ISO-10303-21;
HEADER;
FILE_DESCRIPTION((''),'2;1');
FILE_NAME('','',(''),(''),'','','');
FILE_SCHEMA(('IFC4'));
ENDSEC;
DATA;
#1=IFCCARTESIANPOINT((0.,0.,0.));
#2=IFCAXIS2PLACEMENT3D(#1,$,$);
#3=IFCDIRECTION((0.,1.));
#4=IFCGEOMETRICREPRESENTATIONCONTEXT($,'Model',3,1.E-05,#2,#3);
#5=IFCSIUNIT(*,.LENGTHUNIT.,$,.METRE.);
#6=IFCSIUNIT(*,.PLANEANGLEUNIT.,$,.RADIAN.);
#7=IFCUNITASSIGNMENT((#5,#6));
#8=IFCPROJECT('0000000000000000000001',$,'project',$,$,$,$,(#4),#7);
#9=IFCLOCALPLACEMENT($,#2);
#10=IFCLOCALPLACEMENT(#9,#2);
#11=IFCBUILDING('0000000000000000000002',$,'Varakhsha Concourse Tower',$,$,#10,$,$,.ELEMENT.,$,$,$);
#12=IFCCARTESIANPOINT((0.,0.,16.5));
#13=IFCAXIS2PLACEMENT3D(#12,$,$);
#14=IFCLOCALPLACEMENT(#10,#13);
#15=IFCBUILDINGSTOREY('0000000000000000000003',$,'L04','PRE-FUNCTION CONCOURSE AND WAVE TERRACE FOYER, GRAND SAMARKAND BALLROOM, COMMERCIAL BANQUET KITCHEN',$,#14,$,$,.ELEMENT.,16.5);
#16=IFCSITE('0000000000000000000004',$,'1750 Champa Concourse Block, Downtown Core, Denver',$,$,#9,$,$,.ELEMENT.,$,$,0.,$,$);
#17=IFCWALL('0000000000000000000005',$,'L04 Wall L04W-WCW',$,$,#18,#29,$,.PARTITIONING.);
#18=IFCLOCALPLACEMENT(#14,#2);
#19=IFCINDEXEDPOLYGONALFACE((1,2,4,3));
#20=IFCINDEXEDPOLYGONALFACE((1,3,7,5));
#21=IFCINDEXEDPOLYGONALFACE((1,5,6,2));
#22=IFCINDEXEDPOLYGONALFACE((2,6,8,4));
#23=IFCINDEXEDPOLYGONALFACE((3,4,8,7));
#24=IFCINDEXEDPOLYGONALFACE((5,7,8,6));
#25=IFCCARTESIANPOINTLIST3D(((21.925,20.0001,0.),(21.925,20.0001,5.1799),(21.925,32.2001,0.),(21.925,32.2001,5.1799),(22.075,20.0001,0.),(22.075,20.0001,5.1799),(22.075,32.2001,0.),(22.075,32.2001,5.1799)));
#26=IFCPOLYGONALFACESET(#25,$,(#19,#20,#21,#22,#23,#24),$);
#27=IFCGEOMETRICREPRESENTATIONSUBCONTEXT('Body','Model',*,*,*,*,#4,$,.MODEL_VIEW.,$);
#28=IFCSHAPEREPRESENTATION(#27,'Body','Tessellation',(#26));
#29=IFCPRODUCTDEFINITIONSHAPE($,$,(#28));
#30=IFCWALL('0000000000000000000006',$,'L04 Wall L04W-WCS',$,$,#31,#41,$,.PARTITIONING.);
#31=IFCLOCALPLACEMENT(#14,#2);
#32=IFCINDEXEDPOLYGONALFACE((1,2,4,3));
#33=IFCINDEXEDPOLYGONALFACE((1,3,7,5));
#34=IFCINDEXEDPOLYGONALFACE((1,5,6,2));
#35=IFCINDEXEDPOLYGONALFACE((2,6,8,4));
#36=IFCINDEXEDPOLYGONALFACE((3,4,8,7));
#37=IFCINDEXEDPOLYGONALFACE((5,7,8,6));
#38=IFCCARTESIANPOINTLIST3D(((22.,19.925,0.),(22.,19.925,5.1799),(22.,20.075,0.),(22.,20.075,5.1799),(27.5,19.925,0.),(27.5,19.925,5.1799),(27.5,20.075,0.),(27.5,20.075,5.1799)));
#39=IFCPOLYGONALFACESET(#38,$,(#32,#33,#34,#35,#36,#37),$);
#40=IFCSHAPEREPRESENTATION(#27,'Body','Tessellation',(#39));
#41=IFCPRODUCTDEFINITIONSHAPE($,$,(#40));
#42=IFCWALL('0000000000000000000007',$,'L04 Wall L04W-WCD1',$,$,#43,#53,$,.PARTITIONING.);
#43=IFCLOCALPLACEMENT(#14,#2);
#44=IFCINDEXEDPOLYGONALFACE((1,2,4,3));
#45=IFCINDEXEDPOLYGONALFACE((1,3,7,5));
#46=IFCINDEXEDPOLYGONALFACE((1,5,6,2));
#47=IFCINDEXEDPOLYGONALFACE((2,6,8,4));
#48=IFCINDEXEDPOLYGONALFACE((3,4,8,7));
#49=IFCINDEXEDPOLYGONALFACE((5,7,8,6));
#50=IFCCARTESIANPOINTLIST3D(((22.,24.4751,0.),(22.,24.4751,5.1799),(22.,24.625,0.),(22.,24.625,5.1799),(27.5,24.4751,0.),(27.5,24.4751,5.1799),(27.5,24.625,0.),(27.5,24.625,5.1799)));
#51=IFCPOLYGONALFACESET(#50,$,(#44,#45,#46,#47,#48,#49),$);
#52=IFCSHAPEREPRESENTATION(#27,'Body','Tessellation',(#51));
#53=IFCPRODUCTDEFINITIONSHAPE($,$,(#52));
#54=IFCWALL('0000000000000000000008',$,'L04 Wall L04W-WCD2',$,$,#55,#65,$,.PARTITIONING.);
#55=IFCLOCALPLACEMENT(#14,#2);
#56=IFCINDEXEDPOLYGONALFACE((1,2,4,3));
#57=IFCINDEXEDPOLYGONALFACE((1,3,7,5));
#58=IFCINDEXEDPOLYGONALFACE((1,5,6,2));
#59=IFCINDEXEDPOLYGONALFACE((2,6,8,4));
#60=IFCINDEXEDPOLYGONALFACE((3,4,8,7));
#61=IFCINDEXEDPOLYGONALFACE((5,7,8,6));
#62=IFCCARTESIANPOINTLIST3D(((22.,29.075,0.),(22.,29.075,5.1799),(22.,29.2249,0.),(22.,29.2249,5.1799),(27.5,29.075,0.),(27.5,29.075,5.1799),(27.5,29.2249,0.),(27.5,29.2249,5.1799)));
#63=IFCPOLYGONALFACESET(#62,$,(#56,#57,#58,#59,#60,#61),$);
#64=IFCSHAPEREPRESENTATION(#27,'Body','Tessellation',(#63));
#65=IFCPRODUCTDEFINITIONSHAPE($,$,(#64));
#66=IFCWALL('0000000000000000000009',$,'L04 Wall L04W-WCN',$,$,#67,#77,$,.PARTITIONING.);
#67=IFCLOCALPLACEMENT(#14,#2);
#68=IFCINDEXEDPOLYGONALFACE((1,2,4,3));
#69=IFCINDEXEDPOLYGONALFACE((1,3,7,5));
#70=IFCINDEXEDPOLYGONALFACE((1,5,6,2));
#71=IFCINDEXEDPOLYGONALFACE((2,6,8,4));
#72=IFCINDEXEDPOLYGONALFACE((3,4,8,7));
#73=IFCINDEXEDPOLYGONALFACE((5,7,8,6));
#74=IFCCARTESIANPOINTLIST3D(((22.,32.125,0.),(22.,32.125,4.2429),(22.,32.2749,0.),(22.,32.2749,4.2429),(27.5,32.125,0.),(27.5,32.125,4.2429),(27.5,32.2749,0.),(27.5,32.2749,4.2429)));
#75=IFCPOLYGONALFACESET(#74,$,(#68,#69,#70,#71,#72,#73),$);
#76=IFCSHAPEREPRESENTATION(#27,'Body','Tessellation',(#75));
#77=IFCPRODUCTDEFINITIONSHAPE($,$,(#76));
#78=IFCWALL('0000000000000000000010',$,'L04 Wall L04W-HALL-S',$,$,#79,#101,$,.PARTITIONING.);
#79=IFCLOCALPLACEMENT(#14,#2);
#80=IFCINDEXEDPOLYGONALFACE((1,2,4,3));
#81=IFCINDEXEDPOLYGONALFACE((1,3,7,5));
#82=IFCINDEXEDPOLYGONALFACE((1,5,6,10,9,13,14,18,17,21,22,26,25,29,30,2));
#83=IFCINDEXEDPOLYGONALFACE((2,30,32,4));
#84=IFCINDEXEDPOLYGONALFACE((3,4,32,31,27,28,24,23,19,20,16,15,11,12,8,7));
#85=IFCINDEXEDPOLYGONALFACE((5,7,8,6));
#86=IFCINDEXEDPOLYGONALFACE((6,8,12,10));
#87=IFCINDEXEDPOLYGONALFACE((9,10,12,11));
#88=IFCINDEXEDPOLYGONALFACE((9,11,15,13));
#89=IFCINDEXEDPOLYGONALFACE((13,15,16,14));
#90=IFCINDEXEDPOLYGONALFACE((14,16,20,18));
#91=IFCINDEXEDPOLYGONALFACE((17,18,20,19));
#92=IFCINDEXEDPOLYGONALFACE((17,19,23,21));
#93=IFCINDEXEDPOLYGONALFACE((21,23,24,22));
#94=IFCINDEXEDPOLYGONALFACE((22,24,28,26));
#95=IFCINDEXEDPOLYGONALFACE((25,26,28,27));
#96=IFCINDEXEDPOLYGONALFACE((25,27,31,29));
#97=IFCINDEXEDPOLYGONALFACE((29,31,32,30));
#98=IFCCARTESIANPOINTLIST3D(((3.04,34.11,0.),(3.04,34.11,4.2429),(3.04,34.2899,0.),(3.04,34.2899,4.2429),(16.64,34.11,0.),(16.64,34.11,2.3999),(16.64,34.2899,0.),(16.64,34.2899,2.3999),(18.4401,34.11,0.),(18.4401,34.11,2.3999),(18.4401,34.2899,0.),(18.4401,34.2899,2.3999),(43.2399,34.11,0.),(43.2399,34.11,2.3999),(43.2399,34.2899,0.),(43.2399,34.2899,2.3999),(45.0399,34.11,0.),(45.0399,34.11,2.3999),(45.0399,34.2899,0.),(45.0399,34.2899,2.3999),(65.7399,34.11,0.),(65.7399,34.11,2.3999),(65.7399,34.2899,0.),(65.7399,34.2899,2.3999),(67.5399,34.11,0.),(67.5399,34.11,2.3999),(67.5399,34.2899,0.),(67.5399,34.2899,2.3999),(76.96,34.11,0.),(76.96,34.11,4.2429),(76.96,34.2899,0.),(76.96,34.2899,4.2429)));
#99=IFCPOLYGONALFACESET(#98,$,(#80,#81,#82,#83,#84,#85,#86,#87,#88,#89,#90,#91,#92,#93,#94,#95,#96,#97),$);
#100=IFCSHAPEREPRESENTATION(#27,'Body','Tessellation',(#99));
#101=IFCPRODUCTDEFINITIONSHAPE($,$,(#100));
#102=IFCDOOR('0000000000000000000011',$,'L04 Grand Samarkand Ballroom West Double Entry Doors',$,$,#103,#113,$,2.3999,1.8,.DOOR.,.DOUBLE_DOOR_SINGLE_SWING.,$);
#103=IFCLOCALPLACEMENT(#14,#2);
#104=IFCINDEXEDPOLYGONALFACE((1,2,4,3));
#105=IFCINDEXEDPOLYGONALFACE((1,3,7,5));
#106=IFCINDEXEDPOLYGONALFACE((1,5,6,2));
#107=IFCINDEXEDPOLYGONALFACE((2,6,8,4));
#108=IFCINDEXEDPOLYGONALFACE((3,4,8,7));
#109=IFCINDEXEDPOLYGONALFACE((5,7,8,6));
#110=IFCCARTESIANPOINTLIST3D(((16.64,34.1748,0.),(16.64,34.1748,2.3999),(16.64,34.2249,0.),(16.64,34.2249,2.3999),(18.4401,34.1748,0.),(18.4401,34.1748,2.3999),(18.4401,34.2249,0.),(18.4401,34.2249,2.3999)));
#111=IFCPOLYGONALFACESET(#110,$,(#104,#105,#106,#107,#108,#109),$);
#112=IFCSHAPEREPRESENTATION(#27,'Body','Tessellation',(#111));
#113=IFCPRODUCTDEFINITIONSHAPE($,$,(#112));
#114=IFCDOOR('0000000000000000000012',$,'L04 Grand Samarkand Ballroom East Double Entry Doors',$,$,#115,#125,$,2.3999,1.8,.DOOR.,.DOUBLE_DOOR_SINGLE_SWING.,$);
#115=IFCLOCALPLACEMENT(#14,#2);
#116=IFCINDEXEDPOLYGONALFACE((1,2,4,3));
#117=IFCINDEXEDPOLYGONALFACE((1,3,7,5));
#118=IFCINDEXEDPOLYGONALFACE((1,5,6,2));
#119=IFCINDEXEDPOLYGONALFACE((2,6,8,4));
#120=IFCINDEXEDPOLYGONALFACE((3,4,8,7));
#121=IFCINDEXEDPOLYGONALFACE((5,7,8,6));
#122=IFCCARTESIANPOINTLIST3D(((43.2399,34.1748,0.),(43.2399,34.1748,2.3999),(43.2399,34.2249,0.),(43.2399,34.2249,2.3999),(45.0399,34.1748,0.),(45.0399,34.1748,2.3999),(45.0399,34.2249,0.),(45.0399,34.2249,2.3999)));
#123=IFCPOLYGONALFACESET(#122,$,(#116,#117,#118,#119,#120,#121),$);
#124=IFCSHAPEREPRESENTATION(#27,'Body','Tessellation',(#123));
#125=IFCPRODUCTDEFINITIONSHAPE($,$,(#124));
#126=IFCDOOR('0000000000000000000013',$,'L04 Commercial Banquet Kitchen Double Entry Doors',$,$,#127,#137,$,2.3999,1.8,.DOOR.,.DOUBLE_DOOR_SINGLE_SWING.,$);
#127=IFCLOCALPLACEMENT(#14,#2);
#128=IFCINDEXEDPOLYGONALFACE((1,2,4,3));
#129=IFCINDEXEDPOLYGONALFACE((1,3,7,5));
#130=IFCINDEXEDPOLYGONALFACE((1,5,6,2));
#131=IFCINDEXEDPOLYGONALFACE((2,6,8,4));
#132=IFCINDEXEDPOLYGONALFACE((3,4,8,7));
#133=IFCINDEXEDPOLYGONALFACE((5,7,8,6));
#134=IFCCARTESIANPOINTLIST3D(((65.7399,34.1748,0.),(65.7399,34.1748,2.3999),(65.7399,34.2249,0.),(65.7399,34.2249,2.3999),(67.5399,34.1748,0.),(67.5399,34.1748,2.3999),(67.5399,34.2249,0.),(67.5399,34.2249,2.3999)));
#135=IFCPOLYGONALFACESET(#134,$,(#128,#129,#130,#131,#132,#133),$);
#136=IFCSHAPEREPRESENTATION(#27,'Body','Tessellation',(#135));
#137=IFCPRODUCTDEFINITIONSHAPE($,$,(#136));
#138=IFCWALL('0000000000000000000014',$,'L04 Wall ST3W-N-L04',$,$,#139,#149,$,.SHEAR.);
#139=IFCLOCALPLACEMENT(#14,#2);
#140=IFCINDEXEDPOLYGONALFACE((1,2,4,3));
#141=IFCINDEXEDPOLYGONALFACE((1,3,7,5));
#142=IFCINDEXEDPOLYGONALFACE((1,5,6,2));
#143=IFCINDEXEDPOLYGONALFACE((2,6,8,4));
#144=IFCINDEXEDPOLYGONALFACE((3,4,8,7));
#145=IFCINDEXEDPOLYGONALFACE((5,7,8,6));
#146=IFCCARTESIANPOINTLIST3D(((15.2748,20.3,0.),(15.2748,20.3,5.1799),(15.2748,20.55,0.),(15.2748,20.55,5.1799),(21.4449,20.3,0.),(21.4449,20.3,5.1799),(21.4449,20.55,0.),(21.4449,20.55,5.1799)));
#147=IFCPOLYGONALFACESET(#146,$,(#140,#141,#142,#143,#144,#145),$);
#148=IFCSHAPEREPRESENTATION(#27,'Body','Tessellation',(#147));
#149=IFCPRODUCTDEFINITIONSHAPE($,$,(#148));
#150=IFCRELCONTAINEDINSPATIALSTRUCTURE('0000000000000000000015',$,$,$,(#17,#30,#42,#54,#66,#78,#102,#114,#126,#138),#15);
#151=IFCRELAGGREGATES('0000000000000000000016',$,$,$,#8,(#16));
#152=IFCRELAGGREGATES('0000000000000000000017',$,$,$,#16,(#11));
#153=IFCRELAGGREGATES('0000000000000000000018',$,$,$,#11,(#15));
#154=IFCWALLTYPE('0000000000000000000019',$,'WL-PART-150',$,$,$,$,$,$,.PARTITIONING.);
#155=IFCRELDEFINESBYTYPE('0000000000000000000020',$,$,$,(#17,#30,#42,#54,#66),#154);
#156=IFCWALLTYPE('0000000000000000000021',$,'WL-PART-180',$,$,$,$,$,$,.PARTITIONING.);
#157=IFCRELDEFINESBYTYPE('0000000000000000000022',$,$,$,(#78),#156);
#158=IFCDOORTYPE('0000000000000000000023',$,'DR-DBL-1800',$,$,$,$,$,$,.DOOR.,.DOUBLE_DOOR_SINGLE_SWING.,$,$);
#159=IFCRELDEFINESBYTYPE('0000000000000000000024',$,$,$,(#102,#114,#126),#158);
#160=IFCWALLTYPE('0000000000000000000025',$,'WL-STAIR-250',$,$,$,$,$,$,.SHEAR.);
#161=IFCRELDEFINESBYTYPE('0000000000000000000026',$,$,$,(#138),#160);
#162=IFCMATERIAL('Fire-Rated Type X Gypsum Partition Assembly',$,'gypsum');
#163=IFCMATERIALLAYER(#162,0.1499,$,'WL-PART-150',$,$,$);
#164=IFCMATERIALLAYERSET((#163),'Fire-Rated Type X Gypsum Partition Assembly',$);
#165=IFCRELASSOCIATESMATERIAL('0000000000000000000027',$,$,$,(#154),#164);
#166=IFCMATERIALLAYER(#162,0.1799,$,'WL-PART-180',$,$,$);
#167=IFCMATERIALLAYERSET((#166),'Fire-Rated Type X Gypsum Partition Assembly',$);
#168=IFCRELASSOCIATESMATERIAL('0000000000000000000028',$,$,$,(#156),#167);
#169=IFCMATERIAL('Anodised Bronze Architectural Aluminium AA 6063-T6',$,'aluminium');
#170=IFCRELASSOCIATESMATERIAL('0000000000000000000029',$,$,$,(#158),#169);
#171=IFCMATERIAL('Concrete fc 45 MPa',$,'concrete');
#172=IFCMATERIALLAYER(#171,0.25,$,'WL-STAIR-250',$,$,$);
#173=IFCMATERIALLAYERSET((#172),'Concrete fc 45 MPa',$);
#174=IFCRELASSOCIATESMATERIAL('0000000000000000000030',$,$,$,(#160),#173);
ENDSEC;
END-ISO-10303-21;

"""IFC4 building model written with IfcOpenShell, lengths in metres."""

from ifc_helpers import new_model, si_unit, direction, frame, frame_2d, origin, place, context, subcontext, project, spatial, rectangle, extrude, material, layer, layer_set, type_object, element, fill, save


model = new_model("IFC4")

# Units and contexts
model_context = context("Model", 3, precision=1e-05, world=origin(), true_north=direction((0.0, 1.0)))
body_context = subcontext(model_context, "Body", "Model", "MODEL_VIEW")
ifc_project = project(units=[si_unit("LENGTHUNIT", "METRE"), si_unit("PLANEANGLEUNIT", "RADIAN")], contexts=[model_context])

# Site, building, storey
site_placement = place(None, origin())
site = spatial("IfcSite", under=ifc_project, at=site_placement, Name="1750 Champa Concourse Block, Downtown Core, Denver", CompositionType="ELEMENT", RefElevation=0.0)
building_placement = place(site_placement, origin())
building = spatial("IfcBuilding", under=site, at=building_placement, Name="Varakhsha Concourse Tower", CompositionType="ELEMENT")
storey_placement = place(building_placement, frame((0.0, 0.0, 16.5)))
storey = spatial("IfcBuildingStorey", under=building, at=storey_placement, Name="L04", Description="PRE-FUNCTION CONCOURSE AND WAVE TERRACE FOYER, GRAND SAMARKAND BALLROOM, COMMERCIAL BANQUET KITCHEN", CompositionType="ELEMENT", Elevation=16.5)

# Shared definitions
ifc_material_1 = material(Name="Anodised Bronze Architectural Aluminium AA 6063-T6", Category="aluminium")

# Shared definitions
ifc_material_2 = material(Name="Fire-Rated Type X Gypsum Partition Assembly", Category="gypsum")
ifc_layer_1 = layer(ifc_material_2, 0.1499, Name="WL-PART-150")
ifc_layer_set_1 = layer_set([ifc_layer_1], Name="Fire-Rated Type X Gypsum Partition Assembly")
wall_type_1 = type_object("IfcWallType", Name="WL-PART-150", PredefinedType="PARTITIONING", material=ifc_layer_set_1)

# Walls
wall_1_placement = place(storey_placement, frame((22.0, 20.0, 0.0), z_axis=(0.0, 0.0, 1.0), x_axis=(0.0, 1.0, 0.0)))
element("IfcWall", 1, at=wall_1_placement, inside=storey, type_object=wall_type_1, Name="L04 Wall L04W-WCW", PredefinedType="PARTITIONING", context=body_context, shape_type="SweptSolid", body=[
    extrude(rectangle(XDim=12.2, YDim=0.1499, at=frame_2d((6.1001, 0.0))), origin(), (0.0, 0.0, 1.0), 5.1799),
])
for number, where, z_axis, x_axis, name in (
    (2, (22.0, 20.0, 0.0), (0.0, 0.0, 1.0), (1.0, 0.0, 0.0), "L04 Wall L04W-WCS"),
    (3, (22.0, 24.55, 0.0), (0.0, 0.0, 1.0), (1.0, 0.0, 0.0), "L04 Wall L04W-WCD1"),
    (4, (22.0, 29.1499, 0.0), (0.0, 0.0, 1.0), (1.0, 0.0, 0.0), "L04 Wall L04W-WCD2"),
):
    element("IfcWall", number, at=place(storey_placement, frame(where, z_axis=z_axis, x_axis=x_axis)), inside=storey, type_object=wall_type_1, Name=name, PredefinedType="PARTITIONING", context=body_context, shape_type="SweptSolid", body=[
        extrude(rectangle(XDim=5.5, YDim=0.1499, at=frame_2d((2.75, 0.0))), origin(), (0.0, 0.0, 1.0), 5.1799),
    ])
wall_2_placement = place(storey_placement, frame((22.0, 32.2, 0.0), z_axis=(0.0, 0.0, 1.0), x_axis=(1.0, 0.0, 0.0)))
element("IfcWall", 5, at=wall_2_placement, inside=storey, type_object=wall_type_1, Name="L04 Wall L04W-WCN", PredefinedType="PARTITIONING", context=body_context, shape_type="SweptSolid", body=[
    extrude(rectangle(XDim=5.5, YDim=0.1499, at=frame_2d((2.75, 0.0))), origin(), (0.0, 0.0, 1.0), 4.2429),
])

# Wall, openings, doors
ifc_layer_2 = layer(ifc_material_2, 0.1799, Name="WL-PART-180")
ifc_layer_set_2 = layer_set([ifc_layer_2], Name="Fire-Rated Type X Gypsum Partition Assembly")
wall_type_2 = type_object("IfcWallType", Name="WL-PART-180", PredefinedType="PARTITIONING", material=ifc_layer_set_2)
wall_3_placement = place(storey_placement, frame((3.04, 34.2, 0.0), z_axis=(0.0, 0.0, 1.0), x_axis=(1.0, 0.0, 0.0)))
wall_3 = element("IfcWall", 6, at=wall_3_placement, inside=storey, type_object=wall_type_2, Name="L04 Wall L04W-HALL-S", PredefinedType="PARTITIONING", context=body_context, shape_type="SweptSolid", body=[
    extrude(rectangle(XDim=73.9199, YDim=0.1799, at=frame_2d((36.96, 0.0))), origin(), (0.0, 0.0, 1.0), 4.2429),
])
opening_1_placement = place(wall_3_placement, frame((13.6001, 0.0, 0.0)))
opening_1 = element("IfcOpeningElement", 7, at=opening_1_placement, cuts=wall_3, PredefinedType="OPENING", context=body_context, shape_type="SweptSolid", body=[
    extrude(rectangle(XDim=1.8, YDim=2.3999, at=frame_2d((0.8999, 1.2))), frame((0.0, 0.0999, 0.0), z_axis=(0.0, -1.0, 0.0), x_axis=(1.0, 0.0, 0.0)), (0.0, 0.0, 1.0), 0.2),
])
opening_2_placement = place(wall_3_placement, frame((40.2, 0.0, 0.0)))
opening_2 = element("IfcOpeningElement", 8, at=opening_2_placement, cuts=wall_3, PredefinedType="OPENING", context=body_context, shape_type="SweptSolid", body=[
    extrude(rectangle(XDim=1.8, YDim=2.3999, at=frame_2d((0.8999, 1.2))), frame((0.0, 0.0999, 0.0), z_axis=(0.0, -1.0, 0.0), x_axis=(1.0, 0.0, 0.0)), (0.0, 0.0, 1.0), 0.2),
])
opening_3_placement = place(wall_3_placement, frame((62.7, 0.0, 0.0)))
opening_3 = element("IfcOpeningElement", 9, at=opening_3_placement, cuts=wall_3, PredefinedType="OPENING", context=body_context, shape_type="SweptSolid", body=[
    extrude(rectangle(XDim=1.8, YDim=2.3999, at=frame_2d((0.8999, 1.2))), frame((0.0, 0.0999, 0.0), z_axis=(0.0, -1.0, 0.0), x_axis=(1.0, 0.0, 0.0)), (0.0, 0.0, 1.0), 0.2),
])
door_type_1 = type_object("IfcDoorType", Name="DR-DBL-1800", OperationType="DOUBLE_DOOR_SINGLE_SWING", PredefinedType="DOOR", material=ifc_material_1)
door_1_placement = place(opening_1_placement, origin())
door_1 = element("IfcDoor", 10, at=door_1_placement, inside=storey, type_object=door_type_1, Name="L04 Grand Samarkand Ballroom West Double Entry Doors", OperationType="DOUBLE_DOOR_SINGLE_SWING", OverallHeight=2.3999, OverallWidth=1.8, PredefinedType="DOOR", context=body_context, shape_type="SweptSolid", body=[
    extrude(rectangle(XDim=1.8, YDim=2.3999, at=frame_2d((0.8999, 1.2))), frame((0.0, 0.0249, 0.0), z_axis=(0.0, -1.0, 0.0), x_axis=(1.0, 0.0, 0.0)), (0.0, 0.0, 1.0), 0.05),
])
fill(opening_1, door_1)
door_2_placement = place(opening_2_placement, origin())
door_2 = element("IfcDoor", 11, at=door_2_placement, inside=storey, type_object=door_type_1, Name="L04 Grand Samarkand Ballroom East Double Entry Doors", OperationType="DOUBLE_DOOR_SINGLE_SWING", OverallHeight=2.3999, OverallWidth=1.8, PredefinedType="DOOR", context=body_context, shape_type="SweptSolid", body=[
    extrude(rectangle(XDim=1.8, YDim=2.3999, at=frame_2d((0.8999, 1.2))), frame((0.0, 0.0249, 0.0), z_axis=(0.0, -1.0, 0.0), x_axis=(1.0, 0.0, 0.0)), (0.0, 0.0, 1.0), 0.05),
])
fill(opening_2, door_2)
door_3_placement = place(opening_3_placement, origin())
door_3 = element("IfcDoor", 12, at=door_3_placement, inside=storey, type_object=door_type_1, Name="L04 Commercial Banquet Kitchen Double Entry Doors", OperationType="DOUBLE_DOOR_SINGLE_SWING", OverallHeight=2.3999, OverallWidth=1.8, PredefinedType="DOOR", context=body_context, shape_type="SweptSolid", body=[
    extrude(rectangle(XDim=1.8, YDim=2.3999, at=frame_2d((0.8999, 1.2))), frame((0.0, 0.0249, 0.0), z_axis=(0.0, -1.0, 0.0), x_axis=(1.0, 0.0, 0.0)), (0.0, 0.0, 1.0), 0.05),
])
fill(opening_3, door_3)

# Wall
ifc_material_3 = material(Name="Concrete fc 45 MPa", Category="concrete")
ifc_layer_3 = layer(ifc_material_3, 0.25, Name="WL-STAIR-250")
ifc_layer_set_3 = layer_set([ifc_layer_3], Name="Concrete fc 45 MPa")
wall_type_3 = type_object("IfcWallType", Name="WL-STAIR-250", PredefinedType="SHEAR", material=ifc_layer_set_3)
wall_4_placement = place(storey_placement, frame((15.2749, 20.425, 0.0), z_axis=(0.0, 0.0, 1.0), x_axis=(1.0, 0.0, 0.0)))
element("IfcWall", 13, at=wall_4_placement, inside=storey, type_object=wall_type_3, Name="L04 Wall ST3W-N-L04", PredefinedType="SHEAR", context=body_context, shape_type="SweptSolid", body=[
    extrude(rectangle(XDim=6.1702, YDim=0.25, at=frame_2d((3.085, 0.0))), origin(), (0.0, 0.0, 1.0), 5.1799),
])

save(model, "model.ifc")
